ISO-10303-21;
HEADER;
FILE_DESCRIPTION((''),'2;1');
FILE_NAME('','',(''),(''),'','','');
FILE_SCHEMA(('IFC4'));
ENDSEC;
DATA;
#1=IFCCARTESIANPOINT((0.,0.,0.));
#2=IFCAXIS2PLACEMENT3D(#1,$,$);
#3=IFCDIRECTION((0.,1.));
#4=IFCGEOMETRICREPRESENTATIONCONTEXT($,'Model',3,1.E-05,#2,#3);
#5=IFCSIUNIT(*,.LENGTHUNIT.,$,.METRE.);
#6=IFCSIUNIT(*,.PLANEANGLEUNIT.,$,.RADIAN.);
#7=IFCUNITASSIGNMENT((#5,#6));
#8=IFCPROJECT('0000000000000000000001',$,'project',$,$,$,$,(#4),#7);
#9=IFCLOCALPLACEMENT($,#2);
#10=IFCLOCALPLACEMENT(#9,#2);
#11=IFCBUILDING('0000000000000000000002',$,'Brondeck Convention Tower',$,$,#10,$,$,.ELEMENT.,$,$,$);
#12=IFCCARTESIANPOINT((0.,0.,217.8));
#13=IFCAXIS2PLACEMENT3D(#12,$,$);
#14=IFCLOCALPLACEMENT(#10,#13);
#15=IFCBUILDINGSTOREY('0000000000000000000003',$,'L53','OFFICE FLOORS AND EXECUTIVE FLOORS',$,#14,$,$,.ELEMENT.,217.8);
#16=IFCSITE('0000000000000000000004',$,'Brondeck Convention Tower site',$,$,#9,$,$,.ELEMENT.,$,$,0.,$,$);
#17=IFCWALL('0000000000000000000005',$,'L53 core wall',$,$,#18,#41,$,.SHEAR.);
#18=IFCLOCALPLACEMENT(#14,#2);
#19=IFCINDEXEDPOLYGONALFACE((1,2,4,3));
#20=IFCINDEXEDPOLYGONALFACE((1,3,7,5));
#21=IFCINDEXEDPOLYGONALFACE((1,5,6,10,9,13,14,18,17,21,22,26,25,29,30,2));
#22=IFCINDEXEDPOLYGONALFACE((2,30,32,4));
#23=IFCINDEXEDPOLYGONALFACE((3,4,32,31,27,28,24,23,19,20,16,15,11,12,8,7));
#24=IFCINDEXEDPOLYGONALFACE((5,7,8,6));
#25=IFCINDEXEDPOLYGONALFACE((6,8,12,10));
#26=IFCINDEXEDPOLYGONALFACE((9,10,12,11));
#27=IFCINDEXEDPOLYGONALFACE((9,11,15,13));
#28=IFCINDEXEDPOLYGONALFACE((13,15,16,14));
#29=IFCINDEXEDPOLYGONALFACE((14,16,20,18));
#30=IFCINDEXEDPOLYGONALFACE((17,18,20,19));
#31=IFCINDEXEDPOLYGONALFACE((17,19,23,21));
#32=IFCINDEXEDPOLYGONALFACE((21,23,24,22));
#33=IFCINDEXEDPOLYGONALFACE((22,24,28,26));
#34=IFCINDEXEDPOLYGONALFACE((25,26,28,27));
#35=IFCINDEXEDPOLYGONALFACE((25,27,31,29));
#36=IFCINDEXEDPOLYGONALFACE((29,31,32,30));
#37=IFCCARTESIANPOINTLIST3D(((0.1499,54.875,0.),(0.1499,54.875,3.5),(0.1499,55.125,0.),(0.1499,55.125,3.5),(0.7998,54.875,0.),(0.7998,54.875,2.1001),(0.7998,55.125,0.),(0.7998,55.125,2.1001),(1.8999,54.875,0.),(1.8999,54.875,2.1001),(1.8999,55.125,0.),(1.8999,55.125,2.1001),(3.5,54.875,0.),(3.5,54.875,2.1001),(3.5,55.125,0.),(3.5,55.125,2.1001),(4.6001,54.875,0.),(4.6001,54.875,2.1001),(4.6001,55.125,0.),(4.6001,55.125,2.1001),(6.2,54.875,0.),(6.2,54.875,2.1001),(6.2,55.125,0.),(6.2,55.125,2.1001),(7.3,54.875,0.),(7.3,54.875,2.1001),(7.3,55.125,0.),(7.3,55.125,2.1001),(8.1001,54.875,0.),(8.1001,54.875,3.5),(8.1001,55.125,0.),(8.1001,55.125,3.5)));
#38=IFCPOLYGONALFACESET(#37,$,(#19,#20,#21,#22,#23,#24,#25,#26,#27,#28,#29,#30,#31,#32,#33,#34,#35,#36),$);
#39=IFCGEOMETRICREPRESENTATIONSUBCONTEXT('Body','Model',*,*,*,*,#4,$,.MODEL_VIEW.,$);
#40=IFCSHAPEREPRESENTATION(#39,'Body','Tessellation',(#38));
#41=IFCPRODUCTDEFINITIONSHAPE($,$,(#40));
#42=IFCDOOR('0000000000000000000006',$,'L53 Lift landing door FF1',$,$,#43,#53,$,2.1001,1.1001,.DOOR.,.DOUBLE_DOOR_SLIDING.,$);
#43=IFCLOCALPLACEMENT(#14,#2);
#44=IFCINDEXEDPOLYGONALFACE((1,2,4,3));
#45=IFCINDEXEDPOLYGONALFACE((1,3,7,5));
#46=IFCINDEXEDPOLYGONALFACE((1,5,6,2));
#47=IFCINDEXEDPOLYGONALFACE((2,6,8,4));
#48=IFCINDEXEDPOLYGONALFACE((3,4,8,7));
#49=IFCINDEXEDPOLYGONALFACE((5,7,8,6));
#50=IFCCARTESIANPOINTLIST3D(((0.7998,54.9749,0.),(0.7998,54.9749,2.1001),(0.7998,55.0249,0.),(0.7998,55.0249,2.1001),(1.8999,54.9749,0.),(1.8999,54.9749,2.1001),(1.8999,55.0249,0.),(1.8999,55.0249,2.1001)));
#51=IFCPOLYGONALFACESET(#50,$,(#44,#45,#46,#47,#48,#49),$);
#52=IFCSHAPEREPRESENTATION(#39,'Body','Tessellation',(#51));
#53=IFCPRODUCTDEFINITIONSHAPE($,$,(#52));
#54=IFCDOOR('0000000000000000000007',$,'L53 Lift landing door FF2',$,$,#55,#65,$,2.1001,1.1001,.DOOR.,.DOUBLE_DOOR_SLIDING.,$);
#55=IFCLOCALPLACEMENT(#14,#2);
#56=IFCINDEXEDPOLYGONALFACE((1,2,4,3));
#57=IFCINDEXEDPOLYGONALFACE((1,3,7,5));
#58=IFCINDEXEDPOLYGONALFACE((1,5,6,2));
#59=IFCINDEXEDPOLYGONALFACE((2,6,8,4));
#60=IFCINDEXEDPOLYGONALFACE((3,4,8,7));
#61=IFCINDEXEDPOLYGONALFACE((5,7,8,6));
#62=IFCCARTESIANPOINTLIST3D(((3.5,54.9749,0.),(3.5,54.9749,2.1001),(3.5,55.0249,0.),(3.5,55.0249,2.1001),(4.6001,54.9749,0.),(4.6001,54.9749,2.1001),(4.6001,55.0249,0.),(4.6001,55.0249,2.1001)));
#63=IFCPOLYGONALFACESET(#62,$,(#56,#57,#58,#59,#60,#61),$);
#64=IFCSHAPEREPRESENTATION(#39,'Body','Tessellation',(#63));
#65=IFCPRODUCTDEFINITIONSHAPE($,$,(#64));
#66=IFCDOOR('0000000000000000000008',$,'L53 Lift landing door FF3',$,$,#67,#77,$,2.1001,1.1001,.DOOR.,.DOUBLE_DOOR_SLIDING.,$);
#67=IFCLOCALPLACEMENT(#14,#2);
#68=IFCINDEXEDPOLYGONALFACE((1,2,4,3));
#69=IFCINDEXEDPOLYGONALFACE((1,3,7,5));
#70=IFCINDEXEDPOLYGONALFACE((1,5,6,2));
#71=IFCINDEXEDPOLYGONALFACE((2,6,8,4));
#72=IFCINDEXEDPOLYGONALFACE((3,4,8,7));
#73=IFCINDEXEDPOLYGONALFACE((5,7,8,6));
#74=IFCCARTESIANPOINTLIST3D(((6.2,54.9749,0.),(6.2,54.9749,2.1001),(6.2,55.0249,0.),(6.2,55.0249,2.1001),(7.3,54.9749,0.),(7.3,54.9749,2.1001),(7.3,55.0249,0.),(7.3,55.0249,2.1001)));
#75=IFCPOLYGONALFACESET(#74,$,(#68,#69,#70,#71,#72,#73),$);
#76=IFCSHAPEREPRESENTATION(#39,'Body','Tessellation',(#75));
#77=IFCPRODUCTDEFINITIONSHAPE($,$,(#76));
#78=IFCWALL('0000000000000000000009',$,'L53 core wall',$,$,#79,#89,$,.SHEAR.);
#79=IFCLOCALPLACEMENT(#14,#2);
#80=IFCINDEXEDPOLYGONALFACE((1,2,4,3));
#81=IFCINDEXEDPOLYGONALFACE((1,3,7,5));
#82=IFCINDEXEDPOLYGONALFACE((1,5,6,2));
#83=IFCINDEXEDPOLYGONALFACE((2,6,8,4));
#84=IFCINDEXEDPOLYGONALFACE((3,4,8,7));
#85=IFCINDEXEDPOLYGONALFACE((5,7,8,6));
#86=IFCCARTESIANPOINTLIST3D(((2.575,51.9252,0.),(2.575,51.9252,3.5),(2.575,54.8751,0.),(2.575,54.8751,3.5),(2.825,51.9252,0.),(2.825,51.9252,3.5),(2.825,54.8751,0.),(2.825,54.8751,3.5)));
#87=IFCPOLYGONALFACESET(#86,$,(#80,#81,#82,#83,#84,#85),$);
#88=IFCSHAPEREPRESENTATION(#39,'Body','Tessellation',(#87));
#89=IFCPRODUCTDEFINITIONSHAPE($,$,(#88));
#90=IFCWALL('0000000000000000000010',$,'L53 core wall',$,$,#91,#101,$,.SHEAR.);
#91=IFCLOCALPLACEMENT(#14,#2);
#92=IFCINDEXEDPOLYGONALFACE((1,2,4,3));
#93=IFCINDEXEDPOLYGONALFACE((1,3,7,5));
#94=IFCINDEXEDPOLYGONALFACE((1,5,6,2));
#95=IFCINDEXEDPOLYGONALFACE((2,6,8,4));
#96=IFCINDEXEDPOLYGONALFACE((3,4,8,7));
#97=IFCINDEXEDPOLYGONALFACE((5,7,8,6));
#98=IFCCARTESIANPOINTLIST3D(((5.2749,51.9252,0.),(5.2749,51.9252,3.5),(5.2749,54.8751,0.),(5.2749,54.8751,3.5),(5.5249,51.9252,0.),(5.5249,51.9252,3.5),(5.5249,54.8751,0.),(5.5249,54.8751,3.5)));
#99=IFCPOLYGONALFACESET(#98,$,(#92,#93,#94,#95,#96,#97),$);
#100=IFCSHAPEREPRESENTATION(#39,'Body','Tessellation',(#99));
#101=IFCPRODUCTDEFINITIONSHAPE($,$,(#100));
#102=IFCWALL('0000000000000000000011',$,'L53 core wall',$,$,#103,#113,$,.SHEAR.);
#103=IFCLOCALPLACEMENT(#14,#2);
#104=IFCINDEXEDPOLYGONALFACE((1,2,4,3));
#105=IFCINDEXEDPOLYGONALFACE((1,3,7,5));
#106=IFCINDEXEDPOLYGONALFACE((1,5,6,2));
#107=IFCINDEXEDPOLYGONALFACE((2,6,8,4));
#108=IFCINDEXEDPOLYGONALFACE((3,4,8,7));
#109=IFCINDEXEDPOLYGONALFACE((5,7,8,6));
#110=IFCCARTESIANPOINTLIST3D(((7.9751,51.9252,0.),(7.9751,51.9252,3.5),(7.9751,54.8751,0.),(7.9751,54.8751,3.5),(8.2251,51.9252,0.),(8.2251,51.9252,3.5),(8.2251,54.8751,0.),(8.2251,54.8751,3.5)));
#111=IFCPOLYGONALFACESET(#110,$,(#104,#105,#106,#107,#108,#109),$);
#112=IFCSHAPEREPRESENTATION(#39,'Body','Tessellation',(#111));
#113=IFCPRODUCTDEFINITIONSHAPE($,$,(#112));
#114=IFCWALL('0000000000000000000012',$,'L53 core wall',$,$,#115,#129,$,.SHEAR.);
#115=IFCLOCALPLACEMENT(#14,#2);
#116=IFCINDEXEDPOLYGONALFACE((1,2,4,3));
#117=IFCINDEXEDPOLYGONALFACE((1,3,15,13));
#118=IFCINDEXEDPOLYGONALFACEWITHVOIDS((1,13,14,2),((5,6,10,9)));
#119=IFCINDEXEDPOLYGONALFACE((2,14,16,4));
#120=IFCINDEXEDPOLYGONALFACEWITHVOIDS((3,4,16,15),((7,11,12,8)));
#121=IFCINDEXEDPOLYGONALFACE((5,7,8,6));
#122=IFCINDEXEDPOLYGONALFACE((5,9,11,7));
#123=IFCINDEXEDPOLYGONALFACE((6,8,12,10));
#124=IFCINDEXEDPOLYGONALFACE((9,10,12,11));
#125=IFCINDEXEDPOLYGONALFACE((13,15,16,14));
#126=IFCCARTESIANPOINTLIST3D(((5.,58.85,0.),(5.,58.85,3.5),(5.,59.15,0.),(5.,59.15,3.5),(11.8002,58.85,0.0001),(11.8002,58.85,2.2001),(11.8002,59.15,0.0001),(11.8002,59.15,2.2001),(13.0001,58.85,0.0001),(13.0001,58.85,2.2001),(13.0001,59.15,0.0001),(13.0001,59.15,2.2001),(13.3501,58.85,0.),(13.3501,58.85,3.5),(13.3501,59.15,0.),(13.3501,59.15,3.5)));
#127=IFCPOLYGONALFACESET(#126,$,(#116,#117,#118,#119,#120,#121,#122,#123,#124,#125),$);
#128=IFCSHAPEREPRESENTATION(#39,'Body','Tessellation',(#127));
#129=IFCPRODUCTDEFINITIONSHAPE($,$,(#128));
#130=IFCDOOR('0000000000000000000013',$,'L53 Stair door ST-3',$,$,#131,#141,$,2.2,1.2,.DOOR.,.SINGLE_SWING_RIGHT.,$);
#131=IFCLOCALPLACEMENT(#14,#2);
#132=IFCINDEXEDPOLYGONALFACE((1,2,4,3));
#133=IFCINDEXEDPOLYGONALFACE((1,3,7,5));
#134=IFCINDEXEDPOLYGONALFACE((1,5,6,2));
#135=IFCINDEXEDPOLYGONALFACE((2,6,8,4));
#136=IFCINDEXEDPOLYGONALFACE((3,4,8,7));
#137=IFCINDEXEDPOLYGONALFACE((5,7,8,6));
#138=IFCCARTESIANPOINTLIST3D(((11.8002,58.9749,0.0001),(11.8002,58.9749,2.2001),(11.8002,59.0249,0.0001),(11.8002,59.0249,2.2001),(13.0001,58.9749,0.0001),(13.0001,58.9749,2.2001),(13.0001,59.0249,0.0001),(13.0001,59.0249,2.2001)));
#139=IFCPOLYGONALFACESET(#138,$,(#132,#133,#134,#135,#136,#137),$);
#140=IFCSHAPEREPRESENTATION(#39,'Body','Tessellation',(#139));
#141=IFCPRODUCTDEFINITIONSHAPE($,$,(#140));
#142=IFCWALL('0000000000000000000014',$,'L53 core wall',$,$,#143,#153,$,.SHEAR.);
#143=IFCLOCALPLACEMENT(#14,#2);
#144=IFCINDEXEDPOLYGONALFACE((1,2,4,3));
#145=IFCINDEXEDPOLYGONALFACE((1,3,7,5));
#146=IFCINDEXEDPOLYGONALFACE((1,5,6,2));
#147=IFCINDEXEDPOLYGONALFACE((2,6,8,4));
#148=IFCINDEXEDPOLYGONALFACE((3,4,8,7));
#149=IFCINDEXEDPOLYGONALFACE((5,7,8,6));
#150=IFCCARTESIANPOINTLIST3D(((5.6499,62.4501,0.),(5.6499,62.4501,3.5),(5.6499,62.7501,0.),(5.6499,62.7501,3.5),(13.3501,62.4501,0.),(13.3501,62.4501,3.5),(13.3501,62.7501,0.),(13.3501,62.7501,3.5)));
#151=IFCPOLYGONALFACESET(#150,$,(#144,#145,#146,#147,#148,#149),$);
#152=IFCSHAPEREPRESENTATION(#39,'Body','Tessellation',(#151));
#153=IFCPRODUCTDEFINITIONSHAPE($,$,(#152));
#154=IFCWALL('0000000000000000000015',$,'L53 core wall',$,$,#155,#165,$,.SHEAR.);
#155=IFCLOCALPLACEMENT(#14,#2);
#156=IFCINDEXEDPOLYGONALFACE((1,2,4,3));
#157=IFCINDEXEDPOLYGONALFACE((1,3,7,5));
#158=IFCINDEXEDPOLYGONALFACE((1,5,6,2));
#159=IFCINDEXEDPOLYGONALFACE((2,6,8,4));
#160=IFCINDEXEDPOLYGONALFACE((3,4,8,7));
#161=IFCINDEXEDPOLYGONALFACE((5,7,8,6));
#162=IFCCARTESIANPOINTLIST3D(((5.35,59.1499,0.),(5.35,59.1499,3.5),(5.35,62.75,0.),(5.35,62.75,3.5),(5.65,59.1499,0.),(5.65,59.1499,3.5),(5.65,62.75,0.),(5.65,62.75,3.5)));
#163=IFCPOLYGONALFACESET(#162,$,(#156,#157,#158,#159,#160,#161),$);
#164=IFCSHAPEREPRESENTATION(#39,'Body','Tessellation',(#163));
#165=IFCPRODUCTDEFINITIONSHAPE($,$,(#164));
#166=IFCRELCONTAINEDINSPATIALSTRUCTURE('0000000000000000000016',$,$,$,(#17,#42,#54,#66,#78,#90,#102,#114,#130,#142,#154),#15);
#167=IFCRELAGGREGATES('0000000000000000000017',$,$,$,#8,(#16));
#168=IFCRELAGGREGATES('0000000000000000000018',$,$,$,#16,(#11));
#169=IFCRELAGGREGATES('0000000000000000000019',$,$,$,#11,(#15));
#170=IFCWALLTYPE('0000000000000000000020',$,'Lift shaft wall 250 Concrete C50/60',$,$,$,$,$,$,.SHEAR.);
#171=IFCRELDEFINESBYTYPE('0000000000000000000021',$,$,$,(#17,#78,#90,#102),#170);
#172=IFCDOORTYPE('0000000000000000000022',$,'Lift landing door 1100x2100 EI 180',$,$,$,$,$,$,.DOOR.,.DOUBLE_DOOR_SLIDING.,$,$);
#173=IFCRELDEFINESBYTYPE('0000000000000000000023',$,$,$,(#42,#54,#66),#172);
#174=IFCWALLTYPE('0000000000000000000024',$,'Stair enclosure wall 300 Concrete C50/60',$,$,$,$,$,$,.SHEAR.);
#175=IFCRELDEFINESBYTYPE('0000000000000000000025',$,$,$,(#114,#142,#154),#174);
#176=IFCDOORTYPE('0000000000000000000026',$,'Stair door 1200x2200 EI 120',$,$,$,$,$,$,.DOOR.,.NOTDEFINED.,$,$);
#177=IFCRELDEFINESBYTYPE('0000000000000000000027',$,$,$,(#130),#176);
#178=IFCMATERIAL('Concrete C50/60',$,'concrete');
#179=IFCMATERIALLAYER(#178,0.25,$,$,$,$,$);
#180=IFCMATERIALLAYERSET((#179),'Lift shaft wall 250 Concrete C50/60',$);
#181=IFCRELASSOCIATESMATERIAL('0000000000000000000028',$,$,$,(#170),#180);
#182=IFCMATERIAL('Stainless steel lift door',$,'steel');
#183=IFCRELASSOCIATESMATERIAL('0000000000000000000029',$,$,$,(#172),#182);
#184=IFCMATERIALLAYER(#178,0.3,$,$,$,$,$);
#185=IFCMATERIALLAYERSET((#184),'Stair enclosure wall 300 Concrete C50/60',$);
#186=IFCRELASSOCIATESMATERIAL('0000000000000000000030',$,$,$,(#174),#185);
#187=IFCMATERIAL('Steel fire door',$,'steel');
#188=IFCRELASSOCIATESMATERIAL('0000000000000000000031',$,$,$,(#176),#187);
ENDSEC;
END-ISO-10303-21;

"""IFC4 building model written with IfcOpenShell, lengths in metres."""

from ifc_helpers import new_model, si_unit, direction, frame, frame_2d, origin, place, context, subcontext, project, spatial, rectangle, extrude, material, layer, layer_set, type_object, element, fill, save


model = new_model("IFC4")

# Units and contexts
model_context = context("Model", 3, precision=1e-05, world=origin(), true_north=direction((0.0, 1.0)))
body_context = subcontext(model_context, "Body", "Model", "MODEL_VIEW")
ifc_project = project(units=[si_unit("LENGTHUNIT", "METRE"), si_unit("PLANEANGLEUNIT", "RADIAN")], contexts=[model_context])

# Site, building, storey
site_placement = place(None, origin())
site = spatial("IfcSite", under=ifc_project, at=site_placement, Name="Brondeck Convention Tower site", CompositionType="ELEMENT", RefElevation=0.0)
building_placement = place(site_placement, origin())
building = spatial("IfcBuilding", under=site, at=building_placement, Name="Brondeck Convention Tower", CompositionType="ELEMENT")
storey_placement = place(building_placement, frame((0.0, 0.0, 217.8)))
storey = spatial("IfcBuildingStorey", under=building, at=storey_placement, Name="L53", Description="OFFICE FLOORS AND EXECUTIVE FLOORS", CompositionType="ELEMENT", Elevation=217.8)

# Shared definitions
ifc_material_1 = material(Name="Concrete C50/60", Category="concrete")

# Shared definitions
ifc_material_2 = material(Name="Steel fire door", Category="steel")

# Wall, openings, doors
ifc_layer_1 = layer(ifc_material_1, 0.25)
ifc_layer_set_1 = layer_set([ifc_layer_1], Name="Lift shaft wall 250 Concrete C50/60")
wall_type_1 = type_object("IfcWallType", Name="Lift shaft wall 250 Concrete C50/60", PredefinedType="SHEAR", material=ifc_layer_set_1)
wall_1_placement = place(storey_placement, frame((0.1499, 55.0, 0.0), z_axis=(0.0, 0.0, 1.0), x_axis=(1.0, 0.0, 0.0)))
wall_1 = element("IfcWall", 1, at=wall_1_placement, inside=storey, type_object=wall_type_1, Name="L53 core wall", PredefinedType="SHEAR", context=body_context, shape_type="SweptSolid", body=[
    extrude(rectangle(XDim=7.9502, YDim=0.25, at=frame_2d((3.9751, 0.0))), origin(), (0.0, 0.0, 1.0), 3.5),
])
opening_1_placement = place(wall_1_placement, frame((0.6499, 0.0, 0.0)))
opening_1 = element("IfcOpeningElement", 2, at=opening_1_placement, cuts=wall_1, PredefinedType="OPENING", context=body_context, shape_type="SweptSolid", body=[
    extrude(rectangle(XDim=1.1001, YDim=2.1001, at=frame_2d((0.55, 1.05))), frame((0.0, 0.135, 0.0), z_axis=(0.0, -1.0, 0.0), x_axis=(1.0, 0.0, 0.0)), (0.0, 0.0, 1.0), 0.27),
])
opening_2_placement = place(wall_1_placement, frame((3.3501, 0.0, 0.0)))
opening_2 = element("IfcOpeningElement", 3, at=opening_2_placement, cuts=wall_1, PredefinedType="OPENING", context=body_context, shape_type="SweptSolid", body=[
    extrude(rectangle(XDim=1.1001, YDim=2.1001, at=frame_2d((0.55, 1.05))), frame((0.0, 0.135, 0.0), z_axis=(0.0, -1.0, 0.0), x_axis=(1.0, 0.0, 0.0)), (0.0, 0.0, 1.0), 0.27),
])
opening_3_placement = place(wall_1_placement, frame((6.05, 0.0, 0.0)))
opening_3 = element("IfcOpeningElement", 4, at=opening_3_placement, cuts=wall_1, PredefinedType="OPENING", context=body_context, shape_type="SweptSolid", body=[
    extrude(rectangle(XDim=1.1001, YDim=2.1001, at=frame_2d((0.55, 1.05))), frame((0.0, 0.135, 0.0), z_axis=(0.0, -1.0, 0.0), x_axis=(1.0, 0.0, 0.0)), (0.0, 0.0, 1.0), 0.27),
])
ifc_material_3 = material(Name="Stainless steel lift door", Category="steel")
door_type_1 = type_object("IfcDoorType", Name="Lift landing door 1100x2100 EI 180", OperationType="DOUBLE_DOOR_SLIDING", PredefinedType="DOOR", material=ifc_material_3)
door_1_placement = place(opening_1_placement, origin())
door_1 = element("IfcDoor", 5, at=door_1_placement, inside=storey, type_object=door_type_1, Name="L53 Lift landing door FF1", OperationType="DOUBLE_DOOR_SLIDING", OverallHeight=2.1001, OverallWidth=1.1001, PredefinedType="DOOR", context=body_context, shape_type="SweptSolid", body=[
    extrude(rectangle(XDim=1.1001, YDim=2.1001, at=frame_2d((0.55, 1.05))), frame((0.0, 0.0249, 0.0), z_axis=(0.0, -1.0, 0.0), x_axis=(1.0, 0.0, 0.0)), (0.0, 0.0, 1.0), 0.05),
])
fill(opening_1, door_1)
door_2_placement = place(opening_2_placement, origin())
door_2 = element("IfcDoor", 6, at=door_2_placement, inside=storey, type_object=door_type_1, Name="L53 Lift landing door FF2", OperationType="DOUBLE_DOOR_SLIDING", OverallHeight=2.1001, OverallWidth=1.1001, PredefinedType="DOOR", context=body_context, shape_type="SweptSolid", body=[
    extrude(rectangle(XDim=1.1001, YDim=2.1001, at=frame_2d((0.55, 1.05))), frame((0.0, 0.0249, 0.0), z_axis=(0.0, -1.0, 0.0), x_axis=(1.0, 0.0, 0.0)), (0.0, 0.0, 1.0), 0.05),
])
fill(opening_2, door_2)
door_3_placement = place(opening_3_placement, origin())
door_3 = element("IfcDoor", 7, at=door_3_placement, inside=storey, type_object=door_type_1, Name="L53 Lift landing door FF3", OperationType="DOUBLE_DOOR_SLIDING", OverallHeight=2.1001, OverallWidth=1.1001, PredefinedType="DOOR", context=body_context, shape_type="SweptSolid", body=[
    extrude(rectangle(XDim=1.1001, YDim=2.1001, at=frame_2d((0.55, 1.05))), frame((0.0, 0.0249, 0.0), z_axis=(0.0, -1.0, 0.0), x_axis=(1.0, 0.0, 0.0)), (0.0, 0.0, 1.0), 0.05),
])
fill(opening_3, door_3)

# Walls
for number, where, z_axis, x_axis, name in (
    (8, (2.7, 51.925, 0.0), (0.0, 0.0, 1.0), (0.0, 1.0, 0.0), "L53 core wall"),
    (9, (5.3999, 51.925, 0.0), (0.0, 0.0, 1.0), (0.0, 1.0, 0.0), "L53 core wall"),
    (10, (8.1001, 51.925, 0.0), (0.0, 0.0, 1.0), (0.0, 1.0, 0.0), "L53 core wall"),
):
    element("IfcWall", number, at=place(storey_placement, frame(where, z_axis=z_axis, x_axis=x_axis)), inside=storey, type_object=wall_type_1, Name=name, PredefinedType="SHEAR", context=body_context, shape_type="SweptSolid", body=[
        extrude(rectangle(XDim=2.95, YDim=0.25, at=frame_2d((1.4751, 0.0))), origin(), (0.0, 0.0, 1.0), 3.5),
    ])

# Wall, opening, door
ifc_layer_2 = layer(ifc_material_1, 0.3)
ifc_layer_set_2 = layer_set([ifc_layer_2], Name="Stair enclosure wall 300 Concrete C50/60")
wall_type_2 = type_object("IfcWallType", Name="Stair enclosure wall 300 Concrete C50/60", PredefinedType="SHEAR", material=ifc_layer_set_2)
wall_2_placement = place(storey_placement, frame((5.0, 59.0, 0.0), z_axis=(0.0, 0.0, 1.0), x_axis=(1.0, 0.0, 0.0)))
wall_2 = element("IfcWall", 11, at=wall_2_placement, inside=storey, type_object=wall_type_2, Name="L53 core wall", PredefinedType="SHEAR", context=body_context, shape_type="SweptSolid", body=[
    extrude(rectangle(XDim=8.3501, YDim=0.3, at=frame_2d((4.175, 0.0))), origin(), (0.0, 0.0, 1.0), 3.5),
])
opening_4_placement = place(wall_2_placement, frame((6.8, 0.0, 0.0)))
opening_4 = element("IfcOpeningElement", 12, at=opening_4_placement, cuts=wall_2, PredefinedType="OPENING", context=body_context, shape_type="SweptSolid", body=[
    extrude(rectangle(XDim=1.2, YDim=2.2, at=frame_2d((0.6001, 1.1001))), frame((0.0, 0.1599, 0.0), z_axis=(0.0, -1.0, 0.0), x_axis=(1.0, 0.0, 0.0)), (0.0, 0.0, 1.0), 0.3201),
])
door_type_2 = type_object("IfcDoorType", Name="Stair door 1200x2200 EI 120", OperationType="NOTDEFINED", PredefinedType="DOOR", material=ifc_material_2)
door_4_placement = place(opening_4_placement, origin())
door_4 = element("IfcDoor", 13, at=door_4_placement, inside=storey, type_object=door_type_2, Name="L53 Stair door ST-3", OperationType="SINGLE_SWING_RIGHT", OverallHeight=2.2, OverallWidth=1.2, PredefinedType="DOOR", context=body_context, shape_type="SweptSolid", body=[
    extrude(rectangle(XDim=1.2, YDim=2.2, at=frame_2d((0.6001, 1.1001))), frame((0.0, 0.0249, 0.0), z_axis=(0.0, -1.0, 0.0), x_axis=(1.0, 0.0, 0.0)), (0.0, 0.0, 1.0), 0.05),
])
fill(opening_4, door_4)

# Walls
wall_3_placement = place(storey_placement, frame((5.6499, 62.6001, 0.0), z_axis=(0.0, 0.0, 1.0), x_axis=(1.0, 0.0, 0.0)))
element("IfcWall", 14, at=wall_3_placement, inside=storey, type_object=wall_type_2, Name="L53 core wall", PredefinedType="SHEAR", context=body_context, shape_type="SweptSolid", body=[
    extrude(rectangle(XDim=7.7002, YDim=0.3, at=frame_2d((3.8501, 0.0))), origin(), (0.0, 0.0, 1.0), 3.5),
])
wall_4_placement = place(storey_placement, frame((5.5, 59.1499, 0.0), z_axis=(0.0, 0.0, 1.0), x_axis=(0.0, 1.0, 0.0)))
element("IfcWall", 15, at=wall_4_placement, inside=storey, type_object=wall_type_2, Name="L53 core wall", PredefinedType="SHEAR", context=body_context, shape_type="SweptSolid", body=[
    extrude(rectangle(XDim=3.6001, YDim=0.3, at=frame_2d((1.8, 0.0))), origin(), (0.0, 0.0, 1.0), 3.5),
])

save(model, "model.ifc")
